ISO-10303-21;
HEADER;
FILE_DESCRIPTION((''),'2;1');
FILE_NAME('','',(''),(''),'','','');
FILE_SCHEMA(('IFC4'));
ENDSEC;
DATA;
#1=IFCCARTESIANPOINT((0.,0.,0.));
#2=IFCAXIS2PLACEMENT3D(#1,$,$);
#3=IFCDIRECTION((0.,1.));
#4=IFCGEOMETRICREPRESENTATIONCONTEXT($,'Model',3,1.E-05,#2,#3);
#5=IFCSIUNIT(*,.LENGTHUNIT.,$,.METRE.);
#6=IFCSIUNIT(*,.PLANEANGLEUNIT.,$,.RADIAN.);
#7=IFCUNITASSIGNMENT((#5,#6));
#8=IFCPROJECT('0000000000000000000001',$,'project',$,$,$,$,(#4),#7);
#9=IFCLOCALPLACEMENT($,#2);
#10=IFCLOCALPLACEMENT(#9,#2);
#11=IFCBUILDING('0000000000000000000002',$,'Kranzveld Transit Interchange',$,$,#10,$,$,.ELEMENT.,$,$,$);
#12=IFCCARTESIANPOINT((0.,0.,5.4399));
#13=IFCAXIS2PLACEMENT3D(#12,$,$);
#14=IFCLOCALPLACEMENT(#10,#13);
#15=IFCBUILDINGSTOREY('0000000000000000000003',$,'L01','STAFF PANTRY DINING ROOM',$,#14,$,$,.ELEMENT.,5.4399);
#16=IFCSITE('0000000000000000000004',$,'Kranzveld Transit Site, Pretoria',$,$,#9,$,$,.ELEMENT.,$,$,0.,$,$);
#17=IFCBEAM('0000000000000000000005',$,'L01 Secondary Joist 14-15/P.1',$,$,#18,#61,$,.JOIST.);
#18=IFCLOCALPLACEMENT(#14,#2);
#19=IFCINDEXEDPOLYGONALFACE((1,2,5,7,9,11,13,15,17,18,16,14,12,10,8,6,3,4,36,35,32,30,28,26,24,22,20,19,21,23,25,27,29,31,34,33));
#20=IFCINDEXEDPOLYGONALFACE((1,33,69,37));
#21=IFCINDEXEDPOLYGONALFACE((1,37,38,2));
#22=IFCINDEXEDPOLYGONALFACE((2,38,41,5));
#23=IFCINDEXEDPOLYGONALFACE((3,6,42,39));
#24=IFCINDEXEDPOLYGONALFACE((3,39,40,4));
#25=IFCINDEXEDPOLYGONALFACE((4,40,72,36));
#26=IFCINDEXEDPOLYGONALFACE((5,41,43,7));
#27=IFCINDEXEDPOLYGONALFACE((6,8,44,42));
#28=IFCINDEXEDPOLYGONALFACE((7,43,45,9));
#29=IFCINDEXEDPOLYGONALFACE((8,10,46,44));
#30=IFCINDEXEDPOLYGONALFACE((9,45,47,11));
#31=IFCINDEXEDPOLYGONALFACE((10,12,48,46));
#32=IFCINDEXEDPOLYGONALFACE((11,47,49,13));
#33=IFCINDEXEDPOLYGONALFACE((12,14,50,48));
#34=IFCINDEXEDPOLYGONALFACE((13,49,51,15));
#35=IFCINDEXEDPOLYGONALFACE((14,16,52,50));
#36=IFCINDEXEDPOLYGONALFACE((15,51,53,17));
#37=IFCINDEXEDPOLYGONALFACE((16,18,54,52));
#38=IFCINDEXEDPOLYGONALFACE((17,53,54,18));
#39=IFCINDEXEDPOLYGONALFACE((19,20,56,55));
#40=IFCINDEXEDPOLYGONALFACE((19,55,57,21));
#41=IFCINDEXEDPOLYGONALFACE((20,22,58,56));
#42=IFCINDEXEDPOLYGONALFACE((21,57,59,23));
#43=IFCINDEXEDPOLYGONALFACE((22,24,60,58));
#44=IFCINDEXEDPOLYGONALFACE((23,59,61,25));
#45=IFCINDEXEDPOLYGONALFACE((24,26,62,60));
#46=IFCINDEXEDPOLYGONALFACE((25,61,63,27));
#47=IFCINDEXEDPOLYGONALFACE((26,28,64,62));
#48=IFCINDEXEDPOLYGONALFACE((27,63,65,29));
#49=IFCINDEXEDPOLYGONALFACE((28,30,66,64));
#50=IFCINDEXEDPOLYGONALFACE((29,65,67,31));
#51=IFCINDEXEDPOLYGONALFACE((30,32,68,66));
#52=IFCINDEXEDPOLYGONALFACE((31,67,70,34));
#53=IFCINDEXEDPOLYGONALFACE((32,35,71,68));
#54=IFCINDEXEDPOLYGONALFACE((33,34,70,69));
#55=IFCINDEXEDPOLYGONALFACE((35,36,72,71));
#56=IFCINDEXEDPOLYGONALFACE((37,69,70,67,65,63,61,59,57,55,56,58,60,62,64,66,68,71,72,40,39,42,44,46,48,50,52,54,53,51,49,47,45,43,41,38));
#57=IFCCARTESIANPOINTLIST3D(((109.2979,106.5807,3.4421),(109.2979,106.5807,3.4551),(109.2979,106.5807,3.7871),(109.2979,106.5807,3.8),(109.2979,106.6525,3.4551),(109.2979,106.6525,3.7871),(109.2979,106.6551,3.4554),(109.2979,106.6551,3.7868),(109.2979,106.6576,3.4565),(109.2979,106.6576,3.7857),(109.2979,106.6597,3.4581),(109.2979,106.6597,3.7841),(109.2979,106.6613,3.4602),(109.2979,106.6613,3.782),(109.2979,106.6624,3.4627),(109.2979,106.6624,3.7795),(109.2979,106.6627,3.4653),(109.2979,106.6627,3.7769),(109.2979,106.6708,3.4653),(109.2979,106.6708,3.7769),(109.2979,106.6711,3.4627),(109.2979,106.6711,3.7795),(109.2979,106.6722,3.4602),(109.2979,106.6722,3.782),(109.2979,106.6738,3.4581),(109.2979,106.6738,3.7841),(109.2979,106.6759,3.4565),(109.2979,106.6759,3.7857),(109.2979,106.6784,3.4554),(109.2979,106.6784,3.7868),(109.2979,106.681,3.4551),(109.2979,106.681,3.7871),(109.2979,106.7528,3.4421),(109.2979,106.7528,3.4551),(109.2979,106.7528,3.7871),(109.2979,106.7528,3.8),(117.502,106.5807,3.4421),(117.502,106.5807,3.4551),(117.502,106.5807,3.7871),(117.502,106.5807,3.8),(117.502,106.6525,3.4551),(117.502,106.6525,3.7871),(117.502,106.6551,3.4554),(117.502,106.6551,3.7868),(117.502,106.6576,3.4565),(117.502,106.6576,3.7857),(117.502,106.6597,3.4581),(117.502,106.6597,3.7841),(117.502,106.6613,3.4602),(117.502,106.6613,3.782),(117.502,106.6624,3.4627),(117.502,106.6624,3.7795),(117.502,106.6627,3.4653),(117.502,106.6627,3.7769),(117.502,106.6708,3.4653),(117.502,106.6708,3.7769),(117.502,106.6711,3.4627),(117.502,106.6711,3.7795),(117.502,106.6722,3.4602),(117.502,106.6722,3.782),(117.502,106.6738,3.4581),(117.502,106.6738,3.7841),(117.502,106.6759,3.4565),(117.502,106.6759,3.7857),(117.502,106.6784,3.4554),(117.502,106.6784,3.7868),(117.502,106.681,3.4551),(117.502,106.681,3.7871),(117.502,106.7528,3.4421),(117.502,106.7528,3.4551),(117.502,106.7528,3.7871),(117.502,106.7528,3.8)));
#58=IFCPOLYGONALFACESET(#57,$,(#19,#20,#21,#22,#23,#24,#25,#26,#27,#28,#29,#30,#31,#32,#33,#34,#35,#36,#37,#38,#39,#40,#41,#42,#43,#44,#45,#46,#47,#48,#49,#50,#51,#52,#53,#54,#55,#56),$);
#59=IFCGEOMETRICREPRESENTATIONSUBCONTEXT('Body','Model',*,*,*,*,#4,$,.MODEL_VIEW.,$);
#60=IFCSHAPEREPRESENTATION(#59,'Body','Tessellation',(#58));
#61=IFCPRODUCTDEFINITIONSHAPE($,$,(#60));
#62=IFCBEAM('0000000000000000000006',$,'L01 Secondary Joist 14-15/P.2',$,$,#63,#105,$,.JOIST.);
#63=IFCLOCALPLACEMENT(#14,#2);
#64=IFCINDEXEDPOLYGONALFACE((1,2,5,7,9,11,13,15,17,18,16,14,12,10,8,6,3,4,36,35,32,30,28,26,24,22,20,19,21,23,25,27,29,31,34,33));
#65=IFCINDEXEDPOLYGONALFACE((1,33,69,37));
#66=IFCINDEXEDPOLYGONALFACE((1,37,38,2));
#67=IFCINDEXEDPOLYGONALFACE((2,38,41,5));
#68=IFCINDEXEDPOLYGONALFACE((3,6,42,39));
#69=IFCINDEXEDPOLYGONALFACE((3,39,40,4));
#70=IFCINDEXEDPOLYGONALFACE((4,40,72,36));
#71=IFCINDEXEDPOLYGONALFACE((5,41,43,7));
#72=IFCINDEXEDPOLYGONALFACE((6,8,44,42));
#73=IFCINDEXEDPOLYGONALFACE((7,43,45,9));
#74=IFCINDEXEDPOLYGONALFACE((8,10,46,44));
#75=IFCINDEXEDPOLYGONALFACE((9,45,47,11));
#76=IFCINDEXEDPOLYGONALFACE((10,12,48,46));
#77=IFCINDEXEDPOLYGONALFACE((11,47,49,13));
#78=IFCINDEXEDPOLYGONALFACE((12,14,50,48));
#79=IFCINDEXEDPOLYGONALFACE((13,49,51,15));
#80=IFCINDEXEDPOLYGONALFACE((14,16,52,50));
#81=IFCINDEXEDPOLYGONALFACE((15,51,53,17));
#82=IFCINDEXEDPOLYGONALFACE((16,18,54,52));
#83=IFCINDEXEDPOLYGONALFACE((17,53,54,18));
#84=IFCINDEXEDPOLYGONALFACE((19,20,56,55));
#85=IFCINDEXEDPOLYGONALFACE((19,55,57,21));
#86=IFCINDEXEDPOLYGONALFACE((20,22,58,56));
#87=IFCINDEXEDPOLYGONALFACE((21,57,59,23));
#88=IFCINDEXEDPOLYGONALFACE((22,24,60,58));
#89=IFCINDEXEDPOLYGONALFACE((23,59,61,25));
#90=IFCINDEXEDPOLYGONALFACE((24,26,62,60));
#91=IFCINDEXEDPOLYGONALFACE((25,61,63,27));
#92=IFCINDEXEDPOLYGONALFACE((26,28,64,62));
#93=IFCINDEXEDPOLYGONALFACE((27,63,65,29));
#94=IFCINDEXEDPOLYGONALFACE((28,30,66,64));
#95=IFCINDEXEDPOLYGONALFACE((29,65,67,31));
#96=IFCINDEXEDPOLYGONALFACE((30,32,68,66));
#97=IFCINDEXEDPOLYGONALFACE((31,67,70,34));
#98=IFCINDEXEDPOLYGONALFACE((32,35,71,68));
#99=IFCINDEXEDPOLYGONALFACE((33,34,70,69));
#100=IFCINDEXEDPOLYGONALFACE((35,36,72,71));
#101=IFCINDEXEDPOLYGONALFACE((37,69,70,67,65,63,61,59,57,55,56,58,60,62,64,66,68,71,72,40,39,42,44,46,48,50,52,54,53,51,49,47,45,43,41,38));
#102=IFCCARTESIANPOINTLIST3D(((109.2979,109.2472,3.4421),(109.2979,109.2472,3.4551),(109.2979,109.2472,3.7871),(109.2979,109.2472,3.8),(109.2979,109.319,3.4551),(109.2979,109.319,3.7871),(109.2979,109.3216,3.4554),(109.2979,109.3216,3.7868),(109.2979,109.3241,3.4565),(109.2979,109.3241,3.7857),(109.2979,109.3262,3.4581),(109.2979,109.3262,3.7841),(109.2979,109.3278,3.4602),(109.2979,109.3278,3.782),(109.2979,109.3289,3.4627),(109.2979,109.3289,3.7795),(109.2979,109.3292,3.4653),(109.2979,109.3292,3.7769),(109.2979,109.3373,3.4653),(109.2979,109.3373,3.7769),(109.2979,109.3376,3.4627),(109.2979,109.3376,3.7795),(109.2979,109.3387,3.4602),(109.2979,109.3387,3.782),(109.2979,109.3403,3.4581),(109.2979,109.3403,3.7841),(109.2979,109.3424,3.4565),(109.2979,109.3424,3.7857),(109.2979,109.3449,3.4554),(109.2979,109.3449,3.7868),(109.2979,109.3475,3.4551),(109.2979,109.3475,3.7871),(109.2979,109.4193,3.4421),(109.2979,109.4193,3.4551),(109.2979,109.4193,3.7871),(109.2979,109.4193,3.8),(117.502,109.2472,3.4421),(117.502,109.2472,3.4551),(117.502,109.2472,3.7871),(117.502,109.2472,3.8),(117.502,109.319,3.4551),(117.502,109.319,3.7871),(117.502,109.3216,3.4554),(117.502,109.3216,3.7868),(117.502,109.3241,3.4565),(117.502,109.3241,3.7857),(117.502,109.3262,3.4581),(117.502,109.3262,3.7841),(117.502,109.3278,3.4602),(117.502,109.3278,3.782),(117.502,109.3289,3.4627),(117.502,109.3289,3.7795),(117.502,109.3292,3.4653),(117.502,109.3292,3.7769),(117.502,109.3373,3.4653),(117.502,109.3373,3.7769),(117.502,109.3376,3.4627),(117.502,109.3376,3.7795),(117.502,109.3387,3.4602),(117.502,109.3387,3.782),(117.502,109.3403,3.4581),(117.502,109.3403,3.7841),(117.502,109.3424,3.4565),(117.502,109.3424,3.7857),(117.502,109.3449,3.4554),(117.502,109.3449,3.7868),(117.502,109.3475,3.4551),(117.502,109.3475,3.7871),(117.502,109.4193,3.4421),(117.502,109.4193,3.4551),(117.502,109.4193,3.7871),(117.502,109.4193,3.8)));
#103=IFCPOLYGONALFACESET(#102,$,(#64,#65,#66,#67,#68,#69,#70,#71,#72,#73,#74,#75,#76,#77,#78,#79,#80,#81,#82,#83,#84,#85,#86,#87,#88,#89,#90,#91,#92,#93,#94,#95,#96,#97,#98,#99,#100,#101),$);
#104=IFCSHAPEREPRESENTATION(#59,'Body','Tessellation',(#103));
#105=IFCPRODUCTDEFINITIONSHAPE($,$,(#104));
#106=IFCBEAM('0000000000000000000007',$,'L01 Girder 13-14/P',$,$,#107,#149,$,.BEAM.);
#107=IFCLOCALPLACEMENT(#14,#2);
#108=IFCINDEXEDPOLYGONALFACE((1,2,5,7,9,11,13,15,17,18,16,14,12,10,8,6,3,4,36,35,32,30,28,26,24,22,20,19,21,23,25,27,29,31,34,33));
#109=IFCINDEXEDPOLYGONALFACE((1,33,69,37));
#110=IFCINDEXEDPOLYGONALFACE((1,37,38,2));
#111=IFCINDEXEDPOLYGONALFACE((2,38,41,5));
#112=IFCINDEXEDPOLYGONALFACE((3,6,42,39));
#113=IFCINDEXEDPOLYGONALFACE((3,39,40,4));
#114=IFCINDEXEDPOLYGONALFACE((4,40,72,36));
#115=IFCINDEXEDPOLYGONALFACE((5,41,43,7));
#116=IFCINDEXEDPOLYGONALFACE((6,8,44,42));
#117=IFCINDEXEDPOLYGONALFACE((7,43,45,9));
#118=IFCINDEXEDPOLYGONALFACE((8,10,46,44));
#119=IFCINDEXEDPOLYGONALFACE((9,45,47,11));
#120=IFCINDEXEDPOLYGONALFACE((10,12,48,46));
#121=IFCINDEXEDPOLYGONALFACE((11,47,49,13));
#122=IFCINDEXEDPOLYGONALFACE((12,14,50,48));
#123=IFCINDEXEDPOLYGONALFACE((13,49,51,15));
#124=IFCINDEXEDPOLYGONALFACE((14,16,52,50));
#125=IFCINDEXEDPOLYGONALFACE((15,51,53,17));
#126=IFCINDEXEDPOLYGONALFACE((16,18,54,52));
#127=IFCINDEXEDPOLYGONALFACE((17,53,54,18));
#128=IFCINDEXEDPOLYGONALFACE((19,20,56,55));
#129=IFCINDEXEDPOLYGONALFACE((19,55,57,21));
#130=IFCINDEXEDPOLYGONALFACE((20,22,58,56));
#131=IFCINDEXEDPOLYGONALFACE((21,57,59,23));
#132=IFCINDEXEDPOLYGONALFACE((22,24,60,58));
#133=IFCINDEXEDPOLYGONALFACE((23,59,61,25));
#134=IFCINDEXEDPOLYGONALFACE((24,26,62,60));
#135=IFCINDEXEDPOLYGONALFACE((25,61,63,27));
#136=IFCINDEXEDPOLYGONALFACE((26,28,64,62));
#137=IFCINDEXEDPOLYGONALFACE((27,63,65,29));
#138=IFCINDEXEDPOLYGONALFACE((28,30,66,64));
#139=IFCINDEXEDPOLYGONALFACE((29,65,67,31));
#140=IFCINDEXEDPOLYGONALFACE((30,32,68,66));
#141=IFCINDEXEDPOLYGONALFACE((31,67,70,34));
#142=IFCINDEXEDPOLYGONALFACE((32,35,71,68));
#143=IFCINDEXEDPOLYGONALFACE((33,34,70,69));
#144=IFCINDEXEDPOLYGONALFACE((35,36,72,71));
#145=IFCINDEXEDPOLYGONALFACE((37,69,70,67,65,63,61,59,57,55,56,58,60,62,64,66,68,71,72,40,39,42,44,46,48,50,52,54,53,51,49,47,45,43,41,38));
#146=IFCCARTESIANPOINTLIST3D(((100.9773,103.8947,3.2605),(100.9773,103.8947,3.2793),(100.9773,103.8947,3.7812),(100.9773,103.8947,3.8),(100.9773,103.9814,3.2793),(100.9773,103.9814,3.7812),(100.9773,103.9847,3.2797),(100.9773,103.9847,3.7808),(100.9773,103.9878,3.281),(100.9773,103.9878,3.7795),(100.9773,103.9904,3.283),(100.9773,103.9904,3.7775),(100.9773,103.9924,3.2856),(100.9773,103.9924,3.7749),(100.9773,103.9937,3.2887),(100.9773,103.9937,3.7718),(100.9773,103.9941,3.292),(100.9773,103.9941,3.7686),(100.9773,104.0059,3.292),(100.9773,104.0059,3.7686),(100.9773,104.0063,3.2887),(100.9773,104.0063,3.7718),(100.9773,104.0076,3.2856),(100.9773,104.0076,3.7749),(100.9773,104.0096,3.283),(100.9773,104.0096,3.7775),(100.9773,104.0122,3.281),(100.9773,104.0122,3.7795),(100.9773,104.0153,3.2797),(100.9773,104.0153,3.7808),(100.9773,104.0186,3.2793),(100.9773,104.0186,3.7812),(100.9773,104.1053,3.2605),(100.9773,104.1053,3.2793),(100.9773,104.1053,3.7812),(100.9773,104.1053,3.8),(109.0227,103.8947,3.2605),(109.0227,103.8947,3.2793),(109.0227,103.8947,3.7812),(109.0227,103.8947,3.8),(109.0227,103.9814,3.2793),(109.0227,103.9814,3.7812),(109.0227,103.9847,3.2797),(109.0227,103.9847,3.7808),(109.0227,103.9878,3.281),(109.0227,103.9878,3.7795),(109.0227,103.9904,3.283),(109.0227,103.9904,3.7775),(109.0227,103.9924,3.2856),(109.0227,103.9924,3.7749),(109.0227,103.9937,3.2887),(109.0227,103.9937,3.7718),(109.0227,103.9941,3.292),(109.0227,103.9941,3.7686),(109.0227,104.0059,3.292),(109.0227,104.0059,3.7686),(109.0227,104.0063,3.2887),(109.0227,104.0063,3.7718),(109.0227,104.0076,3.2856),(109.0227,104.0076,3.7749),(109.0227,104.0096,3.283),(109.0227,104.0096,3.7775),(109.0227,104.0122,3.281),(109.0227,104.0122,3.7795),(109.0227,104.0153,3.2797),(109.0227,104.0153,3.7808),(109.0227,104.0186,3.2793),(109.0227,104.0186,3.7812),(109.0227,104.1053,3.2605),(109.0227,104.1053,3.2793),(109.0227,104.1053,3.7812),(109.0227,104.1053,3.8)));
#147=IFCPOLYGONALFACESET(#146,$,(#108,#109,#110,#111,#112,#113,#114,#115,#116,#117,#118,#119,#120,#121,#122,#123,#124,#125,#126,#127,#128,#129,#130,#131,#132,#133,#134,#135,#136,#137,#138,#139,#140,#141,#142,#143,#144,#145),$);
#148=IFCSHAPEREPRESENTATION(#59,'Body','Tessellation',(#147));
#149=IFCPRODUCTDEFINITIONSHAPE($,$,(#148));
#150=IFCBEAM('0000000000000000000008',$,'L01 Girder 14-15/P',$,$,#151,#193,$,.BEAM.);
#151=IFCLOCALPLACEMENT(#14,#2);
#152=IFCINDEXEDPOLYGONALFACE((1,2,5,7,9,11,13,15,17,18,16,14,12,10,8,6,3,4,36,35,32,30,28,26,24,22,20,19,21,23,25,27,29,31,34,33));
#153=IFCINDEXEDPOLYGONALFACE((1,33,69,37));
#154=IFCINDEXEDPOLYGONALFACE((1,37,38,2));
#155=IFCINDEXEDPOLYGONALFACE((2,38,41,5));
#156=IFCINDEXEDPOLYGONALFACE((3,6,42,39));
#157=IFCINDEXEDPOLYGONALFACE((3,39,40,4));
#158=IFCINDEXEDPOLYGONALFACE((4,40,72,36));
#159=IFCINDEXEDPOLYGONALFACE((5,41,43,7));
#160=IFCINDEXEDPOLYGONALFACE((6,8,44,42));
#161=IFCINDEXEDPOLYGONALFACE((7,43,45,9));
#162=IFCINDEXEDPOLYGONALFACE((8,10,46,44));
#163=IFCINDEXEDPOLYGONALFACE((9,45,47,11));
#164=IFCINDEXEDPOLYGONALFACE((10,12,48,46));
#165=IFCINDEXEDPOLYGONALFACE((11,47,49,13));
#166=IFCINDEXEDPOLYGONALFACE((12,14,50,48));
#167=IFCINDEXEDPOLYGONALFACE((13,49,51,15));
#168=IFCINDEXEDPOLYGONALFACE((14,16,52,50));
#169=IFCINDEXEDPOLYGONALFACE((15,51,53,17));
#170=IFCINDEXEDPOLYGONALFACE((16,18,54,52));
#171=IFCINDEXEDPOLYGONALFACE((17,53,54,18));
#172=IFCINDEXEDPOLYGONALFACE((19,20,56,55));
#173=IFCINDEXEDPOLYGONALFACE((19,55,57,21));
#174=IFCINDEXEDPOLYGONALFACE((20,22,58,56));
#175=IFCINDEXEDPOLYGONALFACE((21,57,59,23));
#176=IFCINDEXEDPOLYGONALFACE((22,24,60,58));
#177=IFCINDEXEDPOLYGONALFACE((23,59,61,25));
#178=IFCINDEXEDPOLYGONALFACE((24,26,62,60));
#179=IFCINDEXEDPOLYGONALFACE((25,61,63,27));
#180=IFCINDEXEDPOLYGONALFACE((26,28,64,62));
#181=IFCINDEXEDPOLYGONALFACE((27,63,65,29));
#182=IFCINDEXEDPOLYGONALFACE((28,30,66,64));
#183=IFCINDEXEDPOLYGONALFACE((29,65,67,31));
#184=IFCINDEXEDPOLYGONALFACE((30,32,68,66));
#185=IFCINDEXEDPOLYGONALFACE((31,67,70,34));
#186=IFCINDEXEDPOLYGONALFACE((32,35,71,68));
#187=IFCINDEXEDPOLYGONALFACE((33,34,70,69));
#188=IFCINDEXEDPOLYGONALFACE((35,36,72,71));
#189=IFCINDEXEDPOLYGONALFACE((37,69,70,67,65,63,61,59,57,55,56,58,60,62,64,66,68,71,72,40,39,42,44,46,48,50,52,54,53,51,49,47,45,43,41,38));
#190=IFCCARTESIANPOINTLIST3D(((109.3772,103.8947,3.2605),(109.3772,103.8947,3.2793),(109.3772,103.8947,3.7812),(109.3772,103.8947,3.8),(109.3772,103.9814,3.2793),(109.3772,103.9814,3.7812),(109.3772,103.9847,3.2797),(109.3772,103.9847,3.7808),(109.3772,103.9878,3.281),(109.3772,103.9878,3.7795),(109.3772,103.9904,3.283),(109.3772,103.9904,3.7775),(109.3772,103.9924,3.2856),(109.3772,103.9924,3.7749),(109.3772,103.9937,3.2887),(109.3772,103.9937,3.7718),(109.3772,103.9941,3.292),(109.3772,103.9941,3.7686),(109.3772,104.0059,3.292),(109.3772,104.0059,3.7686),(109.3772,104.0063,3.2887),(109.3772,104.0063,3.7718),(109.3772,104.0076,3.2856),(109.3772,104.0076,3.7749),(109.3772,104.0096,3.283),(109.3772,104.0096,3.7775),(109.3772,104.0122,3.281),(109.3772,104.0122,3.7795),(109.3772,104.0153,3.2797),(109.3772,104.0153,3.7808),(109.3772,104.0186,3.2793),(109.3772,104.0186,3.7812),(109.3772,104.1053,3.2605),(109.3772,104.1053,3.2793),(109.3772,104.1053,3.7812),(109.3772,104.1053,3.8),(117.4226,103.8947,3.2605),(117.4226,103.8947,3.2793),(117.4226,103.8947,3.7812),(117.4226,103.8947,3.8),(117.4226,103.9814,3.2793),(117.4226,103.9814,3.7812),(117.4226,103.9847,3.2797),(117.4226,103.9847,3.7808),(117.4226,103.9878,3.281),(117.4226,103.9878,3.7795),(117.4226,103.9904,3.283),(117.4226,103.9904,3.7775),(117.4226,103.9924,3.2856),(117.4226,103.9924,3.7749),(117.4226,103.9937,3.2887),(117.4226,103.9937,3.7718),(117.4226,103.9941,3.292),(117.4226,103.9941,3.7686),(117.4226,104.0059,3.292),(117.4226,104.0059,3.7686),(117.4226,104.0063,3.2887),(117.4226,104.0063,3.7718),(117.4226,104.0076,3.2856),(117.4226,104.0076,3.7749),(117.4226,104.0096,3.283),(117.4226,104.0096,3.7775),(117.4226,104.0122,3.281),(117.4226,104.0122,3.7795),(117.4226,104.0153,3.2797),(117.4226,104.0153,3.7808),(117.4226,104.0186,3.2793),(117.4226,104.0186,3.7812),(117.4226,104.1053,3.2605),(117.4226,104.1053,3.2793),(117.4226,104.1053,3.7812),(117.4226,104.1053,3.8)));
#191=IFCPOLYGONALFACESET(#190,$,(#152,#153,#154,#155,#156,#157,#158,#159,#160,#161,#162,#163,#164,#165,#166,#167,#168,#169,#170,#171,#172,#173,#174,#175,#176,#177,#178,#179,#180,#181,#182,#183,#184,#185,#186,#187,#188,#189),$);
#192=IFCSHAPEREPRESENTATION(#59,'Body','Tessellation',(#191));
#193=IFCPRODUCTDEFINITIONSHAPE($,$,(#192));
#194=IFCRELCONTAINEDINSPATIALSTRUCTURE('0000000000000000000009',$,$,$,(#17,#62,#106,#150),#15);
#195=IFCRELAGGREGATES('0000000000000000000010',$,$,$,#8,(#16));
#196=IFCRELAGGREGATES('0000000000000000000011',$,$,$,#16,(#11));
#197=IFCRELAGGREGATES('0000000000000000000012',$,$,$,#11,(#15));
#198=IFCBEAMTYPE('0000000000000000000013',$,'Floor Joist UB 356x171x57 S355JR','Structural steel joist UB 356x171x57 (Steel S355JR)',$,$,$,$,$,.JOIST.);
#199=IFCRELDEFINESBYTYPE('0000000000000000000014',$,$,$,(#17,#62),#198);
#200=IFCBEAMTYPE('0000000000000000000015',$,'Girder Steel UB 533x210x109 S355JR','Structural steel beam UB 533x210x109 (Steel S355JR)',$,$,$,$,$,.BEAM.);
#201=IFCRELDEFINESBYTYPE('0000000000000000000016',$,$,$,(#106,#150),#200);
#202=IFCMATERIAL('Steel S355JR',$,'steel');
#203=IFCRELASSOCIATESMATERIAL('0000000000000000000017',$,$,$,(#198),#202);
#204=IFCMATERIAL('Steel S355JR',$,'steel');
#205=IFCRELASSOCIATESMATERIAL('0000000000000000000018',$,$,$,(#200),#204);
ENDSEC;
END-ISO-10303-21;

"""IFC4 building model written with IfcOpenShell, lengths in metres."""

from ifc_helpers import new_model, si_unit, direction, frame, origin, origin_2d, place, context, subcontext, project, spatial, i_section, extrude, material, material_profile, profile_set, type_object, element, save


model = new_model("IFC4")

# Units and contexts
model_context = context("Model", 3, precision=1e-05, world=origin(), true_north=direction((0.0, 1.0)))
body_context = subcontext(model_context, "Body", "Model", "MODEL_VIEW")
ifc_project = project(units=[si_unit("LENGTHUNIT", "METRE"), si_unit("PLANEANGLEUNIT", "RADIAN")], contexts=[model_context])

# Site, building, storey
site_placement = place(None, origin())
site = spatial("IfcSite", under=ifc_project, at=site_placement, Name="Kranzveld Transit Site, Pretoria", CompositionType="ELEMENT", RefElevation=0.0)
building_placement = place(site_placement, origin())
building = spatial("IfcBuilding", under=site, at=building_placement, Name="Kranzveld Transit Interchange", CompositionType="ELEMENT")
storey_placement = place(building_placement, frame((0.0, 0.0, 5.4399)))
storey = spatial("IfcBuildingStorey", under=building, at=storey_placement, Name="L01", Description="STAFF PANTRY DINING ROOM", CompositionType="ELEMENT", Elevation=5.4399)

# Beams
ifc_material_1 = material(Name="Steel S355JR", Category="steel")
ifc_material_profile_1 = material_profile(ifc_material_1, i_section(OverallWidth=0.1721, OverallDepth=0.3579, WebThickness=0.0081, FlangeThickness=0.0129, FilletRadius=0.0103, at=origin_2d()), Name="UB 356x171x57")
ifc_profile_set_1 = profile_set([ifc_material_profile_1], Name="Steel S355JR")
beam_type_1 = type_object("IfcBeamType", Name="Floor Joist UB 356x171x57 S355JR", Description="Structural steel joist UB 356x171x57 (Steel S355JR)", PredefinedType="JOIST", material=ifc_profile_set_1)
for number, where, z_axis, x_axis, name in (
    (1, (109.2979, 106.6667, 3.6211), (1.0, 0.0, 0.0), (0.0, 1.0, 0.0), "L01 Secondary Joist 14-15/P.1"),
    (2, (109.2979, 109.3333, 3.6211), (1.0, 0.0, 0.0), (0.0, 1.0, 0.0), "L01 Secondary Joist 14-15/P.2"),
):
    element("IfcBeam", number, at=place(storey_placement, frame(where, z_axis=z_axis, x_axis=x_axis)), inside=storey, type_object=beam_type_1, Name=name, PredefinedType="JOIST", context=body_context, shape_type="SweptSolid", body=[
        extrude(i_section(OverallWidth=0.1721, OverallDepth=0.3579, WebThickness=0.0081, FlangeThickness=0.0129, FilletRadius=0.0103, at=origin_2d()), origin(), (0.0, 0.0, 1.0), 8.2041),
    ])
ifc_material_2 = material(Name="Steel S355JR", Category="steel")
ifc_material_profile_2 = material_profile(ifc_material_2, i_section(OverallWidth=0.2107, OverallDepth=0.5396, WebThickness=0.0117, FlangeThickness=0.0188, FilletRadius=0.0127, at=origin_2d()), Name="UB 533x210x109")
ifc_profile_set_2 = profile_set([ifc_material_profile_2], Name="Steel S355JR")
beam_type_2 = type_object("IfcBeamType", Name="Girder Steel UB 533x210x109 S355JR", Description="Structural steel beam UB 533x210x109 (Steel S355JR)", PredefinedType="BEAM", material=ifc_profile_set_2)
for number, where, z_axis, x_axis, name in (
    (3, (100.9773, 104.0, 3.5303), (1.0, 0.0, 0.0), (0.0, 1.0, 0.0), "L01 Girder 13-14/P"),
    (4, (109.3772, 104.0, 3.5303), (1.0, 0.0, 0.0), (0.0, 1.0, 0.0), "L01 Girder 14-15/P"),
):
    element("IfcBeam", number, at=place(storey_placement, frame(where, z_axis=z_axis, x_axis=x_axis)), inside=storey, type_object=beam_type_2, Name=name, PredefinedType="BEAM", context=body_context, shape_type="SweptSolid", body=[
        extrude(i_section(OverallWidth=0.2107, OverallDepth=0.5396, WebThickness=0.0117, FlangeThickness=0.0188, FilletRadius=0.0127, at=origin_2d()), origin(), (0.0, 0.0, 1.0), 8.0454),
    ])

save(model, "model.ifc")
